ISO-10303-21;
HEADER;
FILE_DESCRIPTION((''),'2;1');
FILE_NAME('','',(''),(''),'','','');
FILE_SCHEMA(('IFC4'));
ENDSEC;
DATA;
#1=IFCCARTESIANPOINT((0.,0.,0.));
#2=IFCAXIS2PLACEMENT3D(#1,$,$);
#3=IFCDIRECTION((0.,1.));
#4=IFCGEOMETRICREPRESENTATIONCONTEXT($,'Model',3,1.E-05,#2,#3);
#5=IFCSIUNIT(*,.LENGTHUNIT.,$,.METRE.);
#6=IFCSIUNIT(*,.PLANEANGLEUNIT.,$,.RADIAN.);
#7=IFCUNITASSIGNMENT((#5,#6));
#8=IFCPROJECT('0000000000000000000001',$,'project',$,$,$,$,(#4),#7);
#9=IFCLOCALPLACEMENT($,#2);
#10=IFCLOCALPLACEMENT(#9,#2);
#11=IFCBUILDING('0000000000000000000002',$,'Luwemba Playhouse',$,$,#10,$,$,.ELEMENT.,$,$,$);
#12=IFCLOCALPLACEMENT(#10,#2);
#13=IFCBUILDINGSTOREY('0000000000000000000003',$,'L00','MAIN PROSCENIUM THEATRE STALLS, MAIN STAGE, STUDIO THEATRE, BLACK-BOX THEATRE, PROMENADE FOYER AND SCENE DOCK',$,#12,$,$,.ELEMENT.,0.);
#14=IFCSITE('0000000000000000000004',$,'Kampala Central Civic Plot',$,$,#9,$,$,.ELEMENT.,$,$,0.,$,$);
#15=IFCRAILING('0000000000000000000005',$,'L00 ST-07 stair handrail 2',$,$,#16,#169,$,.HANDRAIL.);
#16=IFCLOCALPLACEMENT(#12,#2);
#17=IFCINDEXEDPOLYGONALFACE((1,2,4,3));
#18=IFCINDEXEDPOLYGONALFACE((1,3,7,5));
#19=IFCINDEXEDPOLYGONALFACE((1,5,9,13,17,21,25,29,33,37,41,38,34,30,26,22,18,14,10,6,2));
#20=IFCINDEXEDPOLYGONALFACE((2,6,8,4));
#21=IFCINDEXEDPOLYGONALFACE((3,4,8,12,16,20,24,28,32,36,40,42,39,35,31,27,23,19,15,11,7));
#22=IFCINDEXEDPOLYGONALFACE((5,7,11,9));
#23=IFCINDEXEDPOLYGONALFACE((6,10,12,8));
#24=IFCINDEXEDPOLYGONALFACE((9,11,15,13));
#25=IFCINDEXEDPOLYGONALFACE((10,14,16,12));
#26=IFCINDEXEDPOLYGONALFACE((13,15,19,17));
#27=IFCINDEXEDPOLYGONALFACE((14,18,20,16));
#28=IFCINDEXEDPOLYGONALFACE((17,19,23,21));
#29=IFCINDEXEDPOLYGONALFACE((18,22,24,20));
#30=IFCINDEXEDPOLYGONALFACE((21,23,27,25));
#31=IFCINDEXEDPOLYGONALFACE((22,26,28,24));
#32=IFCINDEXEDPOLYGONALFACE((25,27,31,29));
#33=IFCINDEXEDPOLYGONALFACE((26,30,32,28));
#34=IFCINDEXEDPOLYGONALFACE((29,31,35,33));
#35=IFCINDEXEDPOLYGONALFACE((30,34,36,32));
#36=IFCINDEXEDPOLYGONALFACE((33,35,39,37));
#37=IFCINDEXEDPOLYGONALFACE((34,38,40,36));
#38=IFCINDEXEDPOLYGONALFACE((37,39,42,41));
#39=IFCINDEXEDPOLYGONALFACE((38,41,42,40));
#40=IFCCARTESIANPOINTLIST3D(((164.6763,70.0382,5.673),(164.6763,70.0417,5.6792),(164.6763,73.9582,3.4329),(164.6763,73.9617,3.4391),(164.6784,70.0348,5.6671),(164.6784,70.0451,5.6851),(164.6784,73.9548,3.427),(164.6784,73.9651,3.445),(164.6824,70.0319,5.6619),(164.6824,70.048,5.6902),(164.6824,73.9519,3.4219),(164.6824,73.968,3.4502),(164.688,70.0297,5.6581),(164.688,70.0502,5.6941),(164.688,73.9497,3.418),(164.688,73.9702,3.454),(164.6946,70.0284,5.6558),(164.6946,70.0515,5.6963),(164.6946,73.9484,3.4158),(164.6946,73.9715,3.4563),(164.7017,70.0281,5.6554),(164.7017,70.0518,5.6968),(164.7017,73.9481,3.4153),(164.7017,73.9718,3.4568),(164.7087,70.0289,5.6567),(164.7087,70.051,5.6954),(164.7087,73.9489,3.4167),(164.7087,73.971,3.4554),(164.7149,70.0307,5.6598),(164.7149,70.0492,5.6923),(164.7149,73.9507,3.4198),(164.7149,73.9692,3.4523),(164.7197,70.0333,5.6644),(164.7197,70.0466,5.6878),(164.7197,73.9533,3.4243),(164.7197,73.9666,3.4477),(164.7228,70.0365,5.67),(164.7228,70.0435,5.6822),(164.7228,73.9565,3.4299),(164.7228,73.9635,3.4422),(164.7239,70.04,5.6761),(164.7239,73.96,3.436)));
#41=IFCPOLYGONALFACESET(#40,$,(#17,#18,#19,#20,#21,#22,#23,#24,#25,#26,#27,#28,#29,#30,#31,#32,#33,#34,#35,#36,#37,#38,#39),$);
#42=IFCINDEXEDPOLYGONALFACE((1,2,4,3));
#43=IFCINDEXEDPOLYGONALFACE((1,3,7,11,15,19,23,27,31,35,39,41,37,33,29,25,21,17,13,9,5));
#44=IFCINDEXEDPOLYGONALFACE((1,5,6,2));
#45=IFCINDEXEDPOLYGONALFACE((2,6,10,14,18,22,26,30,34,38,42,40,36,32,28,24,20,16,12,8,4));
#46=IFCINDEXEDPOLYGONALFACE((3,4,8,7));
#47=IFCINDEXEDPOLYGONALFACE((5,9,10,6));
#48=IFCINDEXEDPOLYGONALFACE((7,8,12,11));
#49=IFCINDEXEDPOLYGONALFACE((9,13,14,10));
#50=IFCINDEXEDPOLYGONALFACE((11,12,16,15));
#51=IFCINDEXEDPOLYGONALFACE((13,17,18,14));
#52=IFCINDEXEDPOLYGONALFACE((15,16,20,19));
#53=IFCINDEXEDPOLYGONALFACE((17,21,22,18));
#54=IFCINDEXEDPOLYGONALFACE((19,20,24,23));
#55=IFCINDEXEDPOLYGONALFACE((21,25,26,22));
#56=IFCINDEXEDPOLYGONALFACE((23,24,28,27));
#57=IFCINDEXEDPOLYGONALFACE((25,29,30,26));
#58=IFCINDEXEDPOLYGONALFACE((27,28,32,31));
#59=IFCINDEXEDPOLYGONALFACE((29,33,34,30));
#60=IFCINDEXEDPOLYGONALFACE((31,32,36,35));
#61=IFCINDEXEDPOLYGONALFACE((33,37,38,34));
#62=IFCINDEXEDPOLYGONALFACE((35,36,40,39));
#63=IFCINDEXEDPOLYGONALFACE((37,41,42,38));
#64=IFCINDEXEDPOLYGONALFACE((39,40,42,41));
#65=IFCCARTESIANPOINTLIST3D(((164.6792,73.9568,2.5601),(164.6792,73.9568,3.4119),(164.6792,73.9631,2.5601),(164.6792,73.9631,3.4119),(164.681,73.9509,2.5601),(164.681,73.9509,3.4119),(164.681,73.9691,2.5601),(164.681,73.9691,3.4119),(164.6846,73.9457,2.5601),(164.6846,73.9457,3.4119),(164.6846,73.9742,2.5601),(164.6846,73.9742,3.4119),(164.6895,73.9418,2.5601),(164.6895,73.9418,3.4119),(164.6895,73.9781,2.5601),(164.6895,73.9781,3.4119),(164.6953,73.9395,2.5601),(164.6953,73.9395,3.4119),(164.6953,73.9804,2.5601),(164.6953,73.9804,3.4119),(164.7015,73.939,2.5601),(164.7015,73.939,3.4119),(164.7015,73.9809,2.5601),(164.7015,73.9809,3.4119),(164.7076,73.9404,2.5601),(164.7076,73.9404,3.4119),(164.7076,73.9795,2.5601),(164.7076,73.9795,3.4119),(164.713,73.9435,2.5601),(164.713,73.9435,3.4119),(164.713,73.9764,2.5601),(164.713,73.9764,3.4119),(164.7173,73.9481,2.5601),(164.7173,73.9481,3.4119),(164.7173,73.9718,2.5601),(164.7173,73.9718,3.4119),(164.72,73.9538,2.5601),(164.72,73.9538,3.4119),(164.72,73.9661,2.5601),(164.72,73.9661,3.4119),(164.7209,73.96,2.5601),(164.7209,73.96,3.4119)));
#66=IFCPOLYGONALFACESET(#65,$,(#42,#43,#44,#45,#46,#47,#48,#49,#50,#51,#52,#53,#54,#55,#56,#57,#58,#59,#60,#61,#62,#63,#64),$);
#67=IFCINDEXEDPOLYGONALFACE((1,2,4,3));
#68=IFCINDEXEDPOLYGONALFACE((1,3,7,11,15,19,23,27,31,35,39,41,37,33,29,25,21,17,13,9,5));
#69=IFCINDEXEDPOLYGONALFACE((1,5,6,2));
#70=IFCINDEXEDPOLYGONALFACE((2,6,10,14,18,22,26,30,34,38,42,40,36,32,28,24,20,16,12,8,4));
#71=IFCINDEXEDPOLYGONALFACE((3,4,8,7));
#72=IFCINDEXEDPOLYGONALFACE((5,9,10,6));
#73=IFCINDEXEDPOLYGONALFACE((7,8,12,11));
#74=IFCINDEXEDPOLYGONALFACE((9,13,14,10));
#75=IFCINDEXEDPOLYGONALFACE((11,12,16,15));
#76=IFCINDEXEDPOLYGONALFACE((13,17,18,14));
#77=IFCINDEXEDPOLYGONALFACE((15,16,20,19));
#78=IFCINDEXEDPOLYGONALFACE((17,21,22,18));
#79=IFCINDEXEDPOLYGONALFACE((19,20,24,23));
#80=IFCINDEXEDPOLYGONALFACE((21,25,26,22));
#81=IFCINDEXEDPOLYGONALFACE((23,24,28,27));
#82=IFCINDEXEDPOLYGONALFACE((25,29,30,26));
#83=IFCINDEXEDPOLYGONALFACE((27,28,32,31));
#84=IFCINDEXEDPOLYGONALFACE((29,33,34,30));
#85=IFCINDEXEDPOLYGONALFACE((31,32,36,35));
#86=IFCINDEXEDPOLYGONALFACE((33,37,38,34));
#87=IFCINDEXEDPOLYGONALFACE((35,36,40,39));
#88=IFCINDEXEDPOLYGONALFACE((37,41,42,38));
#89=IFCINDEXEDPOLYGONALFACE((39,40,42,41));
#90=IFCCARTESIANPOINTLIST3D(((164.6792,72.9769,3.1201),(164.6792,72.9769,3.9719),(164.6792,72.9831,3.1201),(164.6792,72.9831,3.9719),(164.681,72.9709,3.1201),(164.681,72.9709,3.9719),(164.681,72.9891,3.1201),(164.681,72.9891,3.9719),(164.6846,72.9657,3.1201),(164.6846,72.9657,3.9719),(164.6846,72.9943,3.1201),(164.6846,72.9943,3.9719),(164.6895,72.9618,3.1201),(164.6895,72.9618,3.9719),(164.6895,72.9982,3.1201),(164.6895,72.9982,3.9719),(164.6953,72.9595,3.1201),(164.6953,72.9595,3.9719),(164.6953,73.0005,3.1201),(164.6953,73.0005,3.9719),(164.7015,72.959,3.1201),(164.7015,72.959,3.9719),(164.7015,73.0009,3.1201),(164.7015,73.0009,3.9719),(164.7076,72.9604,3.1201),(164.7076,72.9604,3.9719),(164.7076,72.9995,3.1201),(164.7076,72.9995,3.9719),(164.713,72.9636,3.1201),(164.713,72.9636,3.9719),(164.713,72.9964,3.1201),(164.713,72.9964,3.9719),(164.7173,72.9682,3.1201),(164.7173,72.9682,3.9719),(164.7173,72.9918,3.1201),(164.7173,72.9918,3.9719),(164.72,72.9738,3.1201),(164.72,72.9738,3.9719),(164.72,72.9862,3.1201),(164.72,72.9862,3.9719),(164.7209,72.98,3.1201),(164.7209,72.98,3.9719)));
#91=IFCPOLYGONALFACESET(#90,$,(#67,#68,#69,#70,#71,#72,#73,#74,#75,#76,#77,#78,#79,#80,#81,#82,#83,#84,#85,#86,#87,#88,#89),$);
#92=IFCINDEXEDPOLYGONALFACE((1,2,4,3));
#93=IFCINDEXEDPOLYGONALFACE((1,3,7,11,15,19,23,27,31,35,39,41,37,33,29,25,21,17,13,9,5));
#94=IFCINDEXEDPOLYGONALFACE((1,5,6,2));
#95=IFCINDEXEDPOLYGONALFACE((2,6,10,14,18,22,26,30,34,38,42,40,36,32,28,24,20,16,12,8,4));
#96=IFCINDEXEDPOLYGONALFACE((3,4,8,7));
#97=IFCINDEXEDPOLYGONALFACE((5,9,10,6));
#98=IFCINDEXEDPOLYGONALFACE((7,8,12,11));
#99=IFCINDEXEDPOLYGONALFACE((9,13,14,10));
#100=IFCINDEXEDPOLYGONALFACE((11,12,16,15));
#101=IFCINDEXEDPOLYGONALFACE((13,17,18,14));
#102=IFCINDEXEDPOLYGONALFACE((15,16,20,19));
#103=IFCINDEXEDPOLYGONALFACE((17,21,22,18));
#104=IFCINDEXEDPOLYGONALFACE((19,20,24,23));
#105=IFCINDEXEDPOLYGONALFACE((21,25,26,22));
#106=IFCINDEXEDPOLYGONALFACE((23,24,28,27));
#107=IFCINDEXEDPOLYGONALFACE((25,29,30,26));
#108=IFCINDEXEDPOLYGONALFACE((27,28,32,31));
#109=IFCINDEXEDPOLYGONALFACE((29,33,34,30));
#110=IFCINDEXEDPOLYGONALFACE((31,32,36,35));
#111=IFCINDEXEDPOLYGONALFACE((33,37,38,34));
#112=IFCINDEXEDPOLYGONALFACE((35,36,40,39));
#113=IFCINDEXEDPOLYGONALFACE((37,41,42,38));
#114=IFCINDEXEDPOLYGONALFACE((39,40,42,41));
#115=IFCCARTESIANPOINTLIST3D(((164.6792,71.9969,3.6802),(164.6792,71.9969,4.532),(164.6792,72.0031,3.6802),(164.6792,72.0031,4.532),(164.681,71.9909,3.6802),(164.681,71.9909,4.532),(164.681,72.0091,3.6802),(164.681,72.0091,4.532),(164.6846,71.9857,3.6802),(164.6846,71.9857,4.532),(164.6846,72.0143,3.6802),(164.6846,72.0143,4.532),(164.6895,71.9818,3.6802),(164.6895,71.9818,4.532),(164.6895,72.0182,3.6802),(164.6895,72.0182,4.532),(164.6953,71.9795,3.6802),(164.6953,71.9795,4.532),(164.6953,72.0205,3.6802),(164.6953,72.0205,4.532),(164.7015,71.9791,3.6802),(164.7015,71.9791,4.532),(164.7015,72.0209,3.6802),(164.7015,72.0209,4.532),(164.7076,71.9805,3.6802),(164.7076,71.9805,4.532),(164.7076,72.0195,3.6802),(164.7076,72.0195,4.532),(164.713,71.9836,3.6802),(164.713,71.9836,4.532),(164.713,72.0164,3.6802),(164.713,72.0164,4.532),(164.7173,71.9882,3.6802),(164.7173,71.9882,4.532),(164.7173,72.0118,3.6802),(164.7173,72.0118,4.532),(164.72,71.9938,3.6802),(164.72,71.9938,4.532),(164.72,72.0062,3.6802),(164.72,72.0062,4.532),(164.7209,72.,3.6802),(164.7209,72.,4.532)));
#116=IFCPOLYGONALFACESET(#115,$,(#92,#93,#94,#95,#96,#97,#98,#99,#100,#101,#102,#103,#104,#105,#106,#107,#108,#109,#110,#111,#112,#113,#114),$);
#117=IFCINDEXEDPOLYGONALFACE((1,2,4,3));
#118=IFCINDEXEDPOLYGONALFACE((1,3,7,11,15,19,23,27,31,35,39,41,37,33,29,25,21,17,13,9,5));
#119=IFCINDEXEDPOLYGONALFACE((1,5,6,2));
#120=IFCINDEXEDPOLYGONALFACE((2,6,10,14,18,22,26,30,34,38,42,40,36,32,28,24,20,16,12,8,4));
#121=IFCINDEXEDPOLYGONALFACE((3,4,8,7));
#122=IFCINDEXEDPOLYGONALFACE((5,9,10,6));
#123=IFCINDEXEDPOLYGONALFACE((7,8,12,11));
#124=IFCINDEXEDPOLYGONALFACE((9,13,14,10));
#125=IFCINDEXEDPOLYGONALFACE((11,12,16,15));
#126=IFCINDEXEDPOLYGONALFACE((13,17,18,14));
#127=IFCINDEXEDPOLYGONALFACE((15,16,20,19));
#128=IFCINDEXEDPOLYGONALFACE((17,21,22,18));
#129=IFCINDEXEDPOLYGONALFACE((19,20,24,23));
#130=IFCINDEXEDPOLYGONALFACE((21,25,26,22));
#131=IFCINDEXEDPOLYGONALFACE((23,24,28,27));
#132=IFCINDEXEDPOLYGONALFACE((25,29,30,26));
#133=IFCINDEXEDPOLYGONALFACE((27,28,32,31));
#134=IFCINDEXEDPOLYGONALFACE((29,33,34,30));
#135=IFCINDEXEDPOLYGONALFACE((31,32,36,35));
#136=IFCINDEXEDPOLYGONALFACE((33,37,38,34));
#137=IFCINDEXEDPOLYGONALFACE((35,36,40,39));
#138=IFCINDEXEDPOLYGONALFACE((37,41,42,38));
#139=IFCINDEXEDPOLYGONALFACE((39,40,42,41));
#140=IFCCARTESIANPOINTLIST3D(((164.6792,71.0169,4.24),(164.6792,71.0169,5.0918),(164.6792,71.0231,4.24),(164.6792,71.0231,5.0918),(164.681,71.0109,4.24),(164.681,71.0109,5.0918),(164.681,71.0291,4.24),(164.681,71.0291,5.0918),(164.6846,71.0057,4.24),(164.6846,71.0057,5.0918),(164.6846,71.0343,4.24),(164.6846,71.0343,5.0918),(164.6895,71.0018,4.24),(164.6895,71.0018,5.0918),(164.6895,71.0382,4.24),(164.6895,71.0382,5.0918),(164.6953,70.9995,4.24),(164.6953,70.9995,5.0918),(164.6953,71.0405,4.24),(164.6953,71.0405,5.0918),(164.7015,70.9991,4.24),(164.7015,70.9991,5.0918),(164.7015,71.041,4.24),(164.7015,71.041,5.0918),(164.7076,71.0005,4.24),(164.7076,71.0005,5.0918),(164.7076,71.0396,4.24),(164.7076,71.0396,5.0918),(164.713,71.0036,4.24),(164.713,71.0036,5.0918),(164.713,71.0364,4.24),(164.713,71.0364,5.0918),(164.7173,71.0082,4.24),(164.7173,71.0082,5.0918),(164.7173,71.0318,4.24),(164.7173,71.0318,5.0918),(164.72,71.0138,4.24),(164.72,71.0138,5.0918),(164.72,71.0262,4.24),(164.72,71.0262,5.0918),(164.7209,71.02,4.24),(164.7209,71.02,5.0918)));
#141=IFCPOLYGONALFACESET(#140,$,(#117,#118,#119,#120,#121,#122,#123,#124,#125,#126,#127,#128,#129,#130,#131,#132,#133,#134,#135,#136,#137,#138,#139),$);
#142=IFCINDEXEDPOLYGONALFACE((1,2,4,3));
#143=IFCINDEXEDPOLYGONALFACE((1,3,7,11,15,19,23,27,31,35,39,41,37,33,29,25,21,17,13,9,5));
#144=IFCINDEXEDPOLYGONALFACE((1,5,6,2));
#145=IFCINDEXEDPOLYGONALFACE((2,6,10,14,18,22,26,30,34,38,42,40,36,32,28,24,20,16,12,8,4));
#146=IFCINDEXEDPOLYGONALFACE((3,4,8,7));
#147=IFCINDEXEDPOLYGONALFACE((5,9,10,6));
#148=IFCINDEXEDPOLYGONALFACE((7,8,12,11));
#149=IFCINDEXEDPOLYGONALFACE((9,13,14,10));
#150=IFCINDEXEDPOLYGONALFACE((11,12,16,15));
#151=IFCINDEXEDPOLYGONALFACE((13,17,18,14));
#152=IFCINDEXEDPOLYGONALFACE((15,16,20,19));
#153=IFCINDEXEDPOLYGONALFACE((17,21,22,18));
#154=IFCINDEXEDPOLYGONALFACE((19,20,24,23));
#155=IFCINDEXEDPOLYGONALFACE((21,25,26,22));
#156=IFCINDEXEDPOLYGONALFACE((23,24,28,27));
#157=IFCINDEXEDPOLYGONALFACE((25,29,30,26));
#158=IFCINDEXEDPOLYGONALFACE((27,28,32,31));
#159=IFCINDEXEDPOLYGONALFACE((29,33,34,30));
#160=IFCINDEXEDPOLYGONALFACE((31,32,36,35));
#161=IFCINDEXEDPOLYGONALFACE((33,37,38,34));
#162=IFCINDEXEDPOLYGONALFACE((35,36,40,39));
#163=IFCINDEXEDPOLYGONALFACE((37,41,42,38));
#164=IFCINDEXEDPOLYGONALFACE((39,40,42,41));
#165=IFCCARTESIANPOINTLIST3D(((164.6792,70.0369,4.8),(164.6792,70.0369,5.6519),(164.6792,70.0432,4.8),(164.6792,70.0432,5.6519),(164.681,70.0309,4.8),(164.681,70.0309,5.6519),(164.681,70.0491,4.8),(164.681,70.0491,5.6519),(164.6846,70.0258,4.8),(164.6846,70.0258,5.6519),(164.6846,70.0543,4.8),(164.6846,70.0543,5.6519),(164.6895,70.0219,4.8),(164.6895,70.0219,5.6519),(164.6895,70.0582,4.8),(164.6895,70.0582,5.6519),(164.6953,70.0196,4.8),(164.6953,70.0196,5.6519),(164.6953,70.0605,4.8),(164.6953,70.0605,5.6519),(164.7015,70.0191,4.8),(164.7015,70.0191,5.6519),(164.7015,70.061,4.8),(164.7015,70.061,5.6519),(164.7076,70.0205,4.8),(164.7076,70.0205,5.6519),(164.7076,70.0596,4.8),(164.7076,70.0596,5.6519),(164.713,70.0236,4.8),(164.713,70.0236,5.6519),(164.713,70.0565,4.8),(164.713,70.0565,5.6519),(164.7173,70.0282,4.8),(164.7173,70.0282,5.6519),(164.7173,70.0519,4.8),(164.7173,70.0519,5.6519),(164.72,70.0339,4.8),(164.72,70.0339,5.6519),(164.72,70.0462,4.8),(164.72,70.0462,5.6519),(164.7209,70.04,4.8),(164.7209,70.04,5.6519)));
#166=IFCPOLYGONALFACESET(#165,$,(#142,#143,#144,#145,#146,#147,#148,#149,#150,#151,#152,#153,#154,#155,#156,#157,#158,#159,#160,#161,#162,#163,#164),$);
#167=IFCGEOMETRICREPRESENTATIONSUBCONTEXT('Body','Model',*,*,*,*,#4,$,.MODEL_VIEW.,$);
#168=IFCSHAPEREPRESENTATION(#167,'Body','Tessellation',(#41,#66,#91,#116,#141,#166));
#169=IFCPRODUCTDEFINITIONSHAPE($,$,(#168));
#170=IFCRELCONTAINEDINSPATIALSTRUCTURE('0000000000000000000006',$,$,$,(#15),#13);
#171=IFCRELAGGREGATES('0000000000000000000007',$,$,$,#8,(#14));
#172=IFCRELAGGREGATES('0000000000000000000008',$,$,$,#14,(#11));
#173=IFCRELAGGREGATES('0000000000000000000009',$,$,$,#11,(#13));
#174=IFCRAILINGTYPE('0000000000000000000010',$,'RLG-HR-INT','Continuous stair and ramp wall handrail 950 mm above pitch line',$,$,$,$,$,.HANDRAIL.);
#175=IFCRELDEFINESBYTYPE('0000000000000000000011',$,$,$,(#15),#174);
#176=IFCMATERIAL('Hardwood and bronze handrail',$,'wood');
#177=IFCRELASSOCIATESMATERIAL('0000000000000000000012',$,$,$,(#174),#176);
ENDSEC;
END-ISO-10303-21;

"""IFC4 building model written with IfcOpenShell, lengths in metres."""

from ifc_helpers import new_model, si_unit, direction, frame, origin, origin_2d, place, context, subcontext, project, spatial, circle, extrude, material, type_object, element, save


model = new_model("IFC4")

# Units and contexts
model_context = context("Model", 3, precision=1e-05, world=origin(), true_north=direction((0.0, 1.0)))
body_context = subcontext(model_context, "Body", "Model", "MODEL_VIEW")
ifc_project = project(units=[si_unit("LENGTHUNIT", "METRE"), si_unit("PLANEANGLEUNIT", "RADIAN")], contexts=[model_context])

# Site, building, storey
site_placement = place(None, origin())
site = spatial("IfcSite", under=ifc_project, at=site_placement, Name="Kampala Central Civic Plot", CompositionType="ELEMENT", RefElevation=0.0)
building_placement = place(site_placement, origin())
building = spatial("IfcBuilding", under=site, at=building_placement, Name="Luwemba Playhouse", CompositionType="ELEMENT")
storey_placement = place(building_placement, origin())
storey = spatial("IfcBuildingStorey", under=building, at=storey_placement, Name="L00", Description="MAIN PROSCENIUM THEATRE STALLS, MAIN STAGE, STUDIO THEATRE, BLACK-BOX THEATRE, PROMENADE FOYER AND SCENE DOCK", CompositionType="ELEMENT", Elevation=0.0)

# Railing
ifc_material_1 = material(Name="Hardwood and bronze handrail", Category="wood")
railing_type = type_object("IfcRailingType", Name="RLG-HR-INT", Description="Continuous stair and ramp wall handrail 950 mm above pitch line", PredefinedType="HANDRAIL", material=ifc_material_1)
railing_placement = place(storey_placement, frame((164.7, 73.96, 2.5601)))
element("IfcRailing", 1, at=railing_placement, inside=storey, type_object=railing_type, Name="L00 ST-07 stair handrail 2", PredefinedType="HANDRAIL", context=body_context, shape_type="SweptSolid", body=[
    extrude(circle(Radius=0.0239, at=origin_2d()), frame((0.0, 0.0, 0.876), z_axis=(0.0, -0.86824, 0.496145), x_axis=(1.0, 0.0, 0.0)), (0.0, 0.0, 1.0), 4.5149),
    extrude(circle(Radius=0.021, at=origin_2d()), origin(), (0.0, 0.0, 1.0), 0.8518),
    extrude(circle(Radius=0.021, at=origin_2d()), frame((0.0, -0.98, 0.5601)), (0.0, 0.0, 1.0), 0.8518),
    extrude(circle(Radius=0.021, at=origin_2d()), frame((0.0, -1.96, 1.1201)), (0.0, 0.0, 1.0), 0.8518),
    extrude(circle(Radius=0.021, at=origin_2d()), frame((0.0, -2.9399, 1.6799)), (0.0, 0.0, 1.0), 0.8518),
    extrude(circle(Radius=0.021, at=origin_2d()), frame((0.0, -3.9199, 2.24)), (0.0, 0.0, 1.0), 0.8518),
])

save(model, "model.ifc")
